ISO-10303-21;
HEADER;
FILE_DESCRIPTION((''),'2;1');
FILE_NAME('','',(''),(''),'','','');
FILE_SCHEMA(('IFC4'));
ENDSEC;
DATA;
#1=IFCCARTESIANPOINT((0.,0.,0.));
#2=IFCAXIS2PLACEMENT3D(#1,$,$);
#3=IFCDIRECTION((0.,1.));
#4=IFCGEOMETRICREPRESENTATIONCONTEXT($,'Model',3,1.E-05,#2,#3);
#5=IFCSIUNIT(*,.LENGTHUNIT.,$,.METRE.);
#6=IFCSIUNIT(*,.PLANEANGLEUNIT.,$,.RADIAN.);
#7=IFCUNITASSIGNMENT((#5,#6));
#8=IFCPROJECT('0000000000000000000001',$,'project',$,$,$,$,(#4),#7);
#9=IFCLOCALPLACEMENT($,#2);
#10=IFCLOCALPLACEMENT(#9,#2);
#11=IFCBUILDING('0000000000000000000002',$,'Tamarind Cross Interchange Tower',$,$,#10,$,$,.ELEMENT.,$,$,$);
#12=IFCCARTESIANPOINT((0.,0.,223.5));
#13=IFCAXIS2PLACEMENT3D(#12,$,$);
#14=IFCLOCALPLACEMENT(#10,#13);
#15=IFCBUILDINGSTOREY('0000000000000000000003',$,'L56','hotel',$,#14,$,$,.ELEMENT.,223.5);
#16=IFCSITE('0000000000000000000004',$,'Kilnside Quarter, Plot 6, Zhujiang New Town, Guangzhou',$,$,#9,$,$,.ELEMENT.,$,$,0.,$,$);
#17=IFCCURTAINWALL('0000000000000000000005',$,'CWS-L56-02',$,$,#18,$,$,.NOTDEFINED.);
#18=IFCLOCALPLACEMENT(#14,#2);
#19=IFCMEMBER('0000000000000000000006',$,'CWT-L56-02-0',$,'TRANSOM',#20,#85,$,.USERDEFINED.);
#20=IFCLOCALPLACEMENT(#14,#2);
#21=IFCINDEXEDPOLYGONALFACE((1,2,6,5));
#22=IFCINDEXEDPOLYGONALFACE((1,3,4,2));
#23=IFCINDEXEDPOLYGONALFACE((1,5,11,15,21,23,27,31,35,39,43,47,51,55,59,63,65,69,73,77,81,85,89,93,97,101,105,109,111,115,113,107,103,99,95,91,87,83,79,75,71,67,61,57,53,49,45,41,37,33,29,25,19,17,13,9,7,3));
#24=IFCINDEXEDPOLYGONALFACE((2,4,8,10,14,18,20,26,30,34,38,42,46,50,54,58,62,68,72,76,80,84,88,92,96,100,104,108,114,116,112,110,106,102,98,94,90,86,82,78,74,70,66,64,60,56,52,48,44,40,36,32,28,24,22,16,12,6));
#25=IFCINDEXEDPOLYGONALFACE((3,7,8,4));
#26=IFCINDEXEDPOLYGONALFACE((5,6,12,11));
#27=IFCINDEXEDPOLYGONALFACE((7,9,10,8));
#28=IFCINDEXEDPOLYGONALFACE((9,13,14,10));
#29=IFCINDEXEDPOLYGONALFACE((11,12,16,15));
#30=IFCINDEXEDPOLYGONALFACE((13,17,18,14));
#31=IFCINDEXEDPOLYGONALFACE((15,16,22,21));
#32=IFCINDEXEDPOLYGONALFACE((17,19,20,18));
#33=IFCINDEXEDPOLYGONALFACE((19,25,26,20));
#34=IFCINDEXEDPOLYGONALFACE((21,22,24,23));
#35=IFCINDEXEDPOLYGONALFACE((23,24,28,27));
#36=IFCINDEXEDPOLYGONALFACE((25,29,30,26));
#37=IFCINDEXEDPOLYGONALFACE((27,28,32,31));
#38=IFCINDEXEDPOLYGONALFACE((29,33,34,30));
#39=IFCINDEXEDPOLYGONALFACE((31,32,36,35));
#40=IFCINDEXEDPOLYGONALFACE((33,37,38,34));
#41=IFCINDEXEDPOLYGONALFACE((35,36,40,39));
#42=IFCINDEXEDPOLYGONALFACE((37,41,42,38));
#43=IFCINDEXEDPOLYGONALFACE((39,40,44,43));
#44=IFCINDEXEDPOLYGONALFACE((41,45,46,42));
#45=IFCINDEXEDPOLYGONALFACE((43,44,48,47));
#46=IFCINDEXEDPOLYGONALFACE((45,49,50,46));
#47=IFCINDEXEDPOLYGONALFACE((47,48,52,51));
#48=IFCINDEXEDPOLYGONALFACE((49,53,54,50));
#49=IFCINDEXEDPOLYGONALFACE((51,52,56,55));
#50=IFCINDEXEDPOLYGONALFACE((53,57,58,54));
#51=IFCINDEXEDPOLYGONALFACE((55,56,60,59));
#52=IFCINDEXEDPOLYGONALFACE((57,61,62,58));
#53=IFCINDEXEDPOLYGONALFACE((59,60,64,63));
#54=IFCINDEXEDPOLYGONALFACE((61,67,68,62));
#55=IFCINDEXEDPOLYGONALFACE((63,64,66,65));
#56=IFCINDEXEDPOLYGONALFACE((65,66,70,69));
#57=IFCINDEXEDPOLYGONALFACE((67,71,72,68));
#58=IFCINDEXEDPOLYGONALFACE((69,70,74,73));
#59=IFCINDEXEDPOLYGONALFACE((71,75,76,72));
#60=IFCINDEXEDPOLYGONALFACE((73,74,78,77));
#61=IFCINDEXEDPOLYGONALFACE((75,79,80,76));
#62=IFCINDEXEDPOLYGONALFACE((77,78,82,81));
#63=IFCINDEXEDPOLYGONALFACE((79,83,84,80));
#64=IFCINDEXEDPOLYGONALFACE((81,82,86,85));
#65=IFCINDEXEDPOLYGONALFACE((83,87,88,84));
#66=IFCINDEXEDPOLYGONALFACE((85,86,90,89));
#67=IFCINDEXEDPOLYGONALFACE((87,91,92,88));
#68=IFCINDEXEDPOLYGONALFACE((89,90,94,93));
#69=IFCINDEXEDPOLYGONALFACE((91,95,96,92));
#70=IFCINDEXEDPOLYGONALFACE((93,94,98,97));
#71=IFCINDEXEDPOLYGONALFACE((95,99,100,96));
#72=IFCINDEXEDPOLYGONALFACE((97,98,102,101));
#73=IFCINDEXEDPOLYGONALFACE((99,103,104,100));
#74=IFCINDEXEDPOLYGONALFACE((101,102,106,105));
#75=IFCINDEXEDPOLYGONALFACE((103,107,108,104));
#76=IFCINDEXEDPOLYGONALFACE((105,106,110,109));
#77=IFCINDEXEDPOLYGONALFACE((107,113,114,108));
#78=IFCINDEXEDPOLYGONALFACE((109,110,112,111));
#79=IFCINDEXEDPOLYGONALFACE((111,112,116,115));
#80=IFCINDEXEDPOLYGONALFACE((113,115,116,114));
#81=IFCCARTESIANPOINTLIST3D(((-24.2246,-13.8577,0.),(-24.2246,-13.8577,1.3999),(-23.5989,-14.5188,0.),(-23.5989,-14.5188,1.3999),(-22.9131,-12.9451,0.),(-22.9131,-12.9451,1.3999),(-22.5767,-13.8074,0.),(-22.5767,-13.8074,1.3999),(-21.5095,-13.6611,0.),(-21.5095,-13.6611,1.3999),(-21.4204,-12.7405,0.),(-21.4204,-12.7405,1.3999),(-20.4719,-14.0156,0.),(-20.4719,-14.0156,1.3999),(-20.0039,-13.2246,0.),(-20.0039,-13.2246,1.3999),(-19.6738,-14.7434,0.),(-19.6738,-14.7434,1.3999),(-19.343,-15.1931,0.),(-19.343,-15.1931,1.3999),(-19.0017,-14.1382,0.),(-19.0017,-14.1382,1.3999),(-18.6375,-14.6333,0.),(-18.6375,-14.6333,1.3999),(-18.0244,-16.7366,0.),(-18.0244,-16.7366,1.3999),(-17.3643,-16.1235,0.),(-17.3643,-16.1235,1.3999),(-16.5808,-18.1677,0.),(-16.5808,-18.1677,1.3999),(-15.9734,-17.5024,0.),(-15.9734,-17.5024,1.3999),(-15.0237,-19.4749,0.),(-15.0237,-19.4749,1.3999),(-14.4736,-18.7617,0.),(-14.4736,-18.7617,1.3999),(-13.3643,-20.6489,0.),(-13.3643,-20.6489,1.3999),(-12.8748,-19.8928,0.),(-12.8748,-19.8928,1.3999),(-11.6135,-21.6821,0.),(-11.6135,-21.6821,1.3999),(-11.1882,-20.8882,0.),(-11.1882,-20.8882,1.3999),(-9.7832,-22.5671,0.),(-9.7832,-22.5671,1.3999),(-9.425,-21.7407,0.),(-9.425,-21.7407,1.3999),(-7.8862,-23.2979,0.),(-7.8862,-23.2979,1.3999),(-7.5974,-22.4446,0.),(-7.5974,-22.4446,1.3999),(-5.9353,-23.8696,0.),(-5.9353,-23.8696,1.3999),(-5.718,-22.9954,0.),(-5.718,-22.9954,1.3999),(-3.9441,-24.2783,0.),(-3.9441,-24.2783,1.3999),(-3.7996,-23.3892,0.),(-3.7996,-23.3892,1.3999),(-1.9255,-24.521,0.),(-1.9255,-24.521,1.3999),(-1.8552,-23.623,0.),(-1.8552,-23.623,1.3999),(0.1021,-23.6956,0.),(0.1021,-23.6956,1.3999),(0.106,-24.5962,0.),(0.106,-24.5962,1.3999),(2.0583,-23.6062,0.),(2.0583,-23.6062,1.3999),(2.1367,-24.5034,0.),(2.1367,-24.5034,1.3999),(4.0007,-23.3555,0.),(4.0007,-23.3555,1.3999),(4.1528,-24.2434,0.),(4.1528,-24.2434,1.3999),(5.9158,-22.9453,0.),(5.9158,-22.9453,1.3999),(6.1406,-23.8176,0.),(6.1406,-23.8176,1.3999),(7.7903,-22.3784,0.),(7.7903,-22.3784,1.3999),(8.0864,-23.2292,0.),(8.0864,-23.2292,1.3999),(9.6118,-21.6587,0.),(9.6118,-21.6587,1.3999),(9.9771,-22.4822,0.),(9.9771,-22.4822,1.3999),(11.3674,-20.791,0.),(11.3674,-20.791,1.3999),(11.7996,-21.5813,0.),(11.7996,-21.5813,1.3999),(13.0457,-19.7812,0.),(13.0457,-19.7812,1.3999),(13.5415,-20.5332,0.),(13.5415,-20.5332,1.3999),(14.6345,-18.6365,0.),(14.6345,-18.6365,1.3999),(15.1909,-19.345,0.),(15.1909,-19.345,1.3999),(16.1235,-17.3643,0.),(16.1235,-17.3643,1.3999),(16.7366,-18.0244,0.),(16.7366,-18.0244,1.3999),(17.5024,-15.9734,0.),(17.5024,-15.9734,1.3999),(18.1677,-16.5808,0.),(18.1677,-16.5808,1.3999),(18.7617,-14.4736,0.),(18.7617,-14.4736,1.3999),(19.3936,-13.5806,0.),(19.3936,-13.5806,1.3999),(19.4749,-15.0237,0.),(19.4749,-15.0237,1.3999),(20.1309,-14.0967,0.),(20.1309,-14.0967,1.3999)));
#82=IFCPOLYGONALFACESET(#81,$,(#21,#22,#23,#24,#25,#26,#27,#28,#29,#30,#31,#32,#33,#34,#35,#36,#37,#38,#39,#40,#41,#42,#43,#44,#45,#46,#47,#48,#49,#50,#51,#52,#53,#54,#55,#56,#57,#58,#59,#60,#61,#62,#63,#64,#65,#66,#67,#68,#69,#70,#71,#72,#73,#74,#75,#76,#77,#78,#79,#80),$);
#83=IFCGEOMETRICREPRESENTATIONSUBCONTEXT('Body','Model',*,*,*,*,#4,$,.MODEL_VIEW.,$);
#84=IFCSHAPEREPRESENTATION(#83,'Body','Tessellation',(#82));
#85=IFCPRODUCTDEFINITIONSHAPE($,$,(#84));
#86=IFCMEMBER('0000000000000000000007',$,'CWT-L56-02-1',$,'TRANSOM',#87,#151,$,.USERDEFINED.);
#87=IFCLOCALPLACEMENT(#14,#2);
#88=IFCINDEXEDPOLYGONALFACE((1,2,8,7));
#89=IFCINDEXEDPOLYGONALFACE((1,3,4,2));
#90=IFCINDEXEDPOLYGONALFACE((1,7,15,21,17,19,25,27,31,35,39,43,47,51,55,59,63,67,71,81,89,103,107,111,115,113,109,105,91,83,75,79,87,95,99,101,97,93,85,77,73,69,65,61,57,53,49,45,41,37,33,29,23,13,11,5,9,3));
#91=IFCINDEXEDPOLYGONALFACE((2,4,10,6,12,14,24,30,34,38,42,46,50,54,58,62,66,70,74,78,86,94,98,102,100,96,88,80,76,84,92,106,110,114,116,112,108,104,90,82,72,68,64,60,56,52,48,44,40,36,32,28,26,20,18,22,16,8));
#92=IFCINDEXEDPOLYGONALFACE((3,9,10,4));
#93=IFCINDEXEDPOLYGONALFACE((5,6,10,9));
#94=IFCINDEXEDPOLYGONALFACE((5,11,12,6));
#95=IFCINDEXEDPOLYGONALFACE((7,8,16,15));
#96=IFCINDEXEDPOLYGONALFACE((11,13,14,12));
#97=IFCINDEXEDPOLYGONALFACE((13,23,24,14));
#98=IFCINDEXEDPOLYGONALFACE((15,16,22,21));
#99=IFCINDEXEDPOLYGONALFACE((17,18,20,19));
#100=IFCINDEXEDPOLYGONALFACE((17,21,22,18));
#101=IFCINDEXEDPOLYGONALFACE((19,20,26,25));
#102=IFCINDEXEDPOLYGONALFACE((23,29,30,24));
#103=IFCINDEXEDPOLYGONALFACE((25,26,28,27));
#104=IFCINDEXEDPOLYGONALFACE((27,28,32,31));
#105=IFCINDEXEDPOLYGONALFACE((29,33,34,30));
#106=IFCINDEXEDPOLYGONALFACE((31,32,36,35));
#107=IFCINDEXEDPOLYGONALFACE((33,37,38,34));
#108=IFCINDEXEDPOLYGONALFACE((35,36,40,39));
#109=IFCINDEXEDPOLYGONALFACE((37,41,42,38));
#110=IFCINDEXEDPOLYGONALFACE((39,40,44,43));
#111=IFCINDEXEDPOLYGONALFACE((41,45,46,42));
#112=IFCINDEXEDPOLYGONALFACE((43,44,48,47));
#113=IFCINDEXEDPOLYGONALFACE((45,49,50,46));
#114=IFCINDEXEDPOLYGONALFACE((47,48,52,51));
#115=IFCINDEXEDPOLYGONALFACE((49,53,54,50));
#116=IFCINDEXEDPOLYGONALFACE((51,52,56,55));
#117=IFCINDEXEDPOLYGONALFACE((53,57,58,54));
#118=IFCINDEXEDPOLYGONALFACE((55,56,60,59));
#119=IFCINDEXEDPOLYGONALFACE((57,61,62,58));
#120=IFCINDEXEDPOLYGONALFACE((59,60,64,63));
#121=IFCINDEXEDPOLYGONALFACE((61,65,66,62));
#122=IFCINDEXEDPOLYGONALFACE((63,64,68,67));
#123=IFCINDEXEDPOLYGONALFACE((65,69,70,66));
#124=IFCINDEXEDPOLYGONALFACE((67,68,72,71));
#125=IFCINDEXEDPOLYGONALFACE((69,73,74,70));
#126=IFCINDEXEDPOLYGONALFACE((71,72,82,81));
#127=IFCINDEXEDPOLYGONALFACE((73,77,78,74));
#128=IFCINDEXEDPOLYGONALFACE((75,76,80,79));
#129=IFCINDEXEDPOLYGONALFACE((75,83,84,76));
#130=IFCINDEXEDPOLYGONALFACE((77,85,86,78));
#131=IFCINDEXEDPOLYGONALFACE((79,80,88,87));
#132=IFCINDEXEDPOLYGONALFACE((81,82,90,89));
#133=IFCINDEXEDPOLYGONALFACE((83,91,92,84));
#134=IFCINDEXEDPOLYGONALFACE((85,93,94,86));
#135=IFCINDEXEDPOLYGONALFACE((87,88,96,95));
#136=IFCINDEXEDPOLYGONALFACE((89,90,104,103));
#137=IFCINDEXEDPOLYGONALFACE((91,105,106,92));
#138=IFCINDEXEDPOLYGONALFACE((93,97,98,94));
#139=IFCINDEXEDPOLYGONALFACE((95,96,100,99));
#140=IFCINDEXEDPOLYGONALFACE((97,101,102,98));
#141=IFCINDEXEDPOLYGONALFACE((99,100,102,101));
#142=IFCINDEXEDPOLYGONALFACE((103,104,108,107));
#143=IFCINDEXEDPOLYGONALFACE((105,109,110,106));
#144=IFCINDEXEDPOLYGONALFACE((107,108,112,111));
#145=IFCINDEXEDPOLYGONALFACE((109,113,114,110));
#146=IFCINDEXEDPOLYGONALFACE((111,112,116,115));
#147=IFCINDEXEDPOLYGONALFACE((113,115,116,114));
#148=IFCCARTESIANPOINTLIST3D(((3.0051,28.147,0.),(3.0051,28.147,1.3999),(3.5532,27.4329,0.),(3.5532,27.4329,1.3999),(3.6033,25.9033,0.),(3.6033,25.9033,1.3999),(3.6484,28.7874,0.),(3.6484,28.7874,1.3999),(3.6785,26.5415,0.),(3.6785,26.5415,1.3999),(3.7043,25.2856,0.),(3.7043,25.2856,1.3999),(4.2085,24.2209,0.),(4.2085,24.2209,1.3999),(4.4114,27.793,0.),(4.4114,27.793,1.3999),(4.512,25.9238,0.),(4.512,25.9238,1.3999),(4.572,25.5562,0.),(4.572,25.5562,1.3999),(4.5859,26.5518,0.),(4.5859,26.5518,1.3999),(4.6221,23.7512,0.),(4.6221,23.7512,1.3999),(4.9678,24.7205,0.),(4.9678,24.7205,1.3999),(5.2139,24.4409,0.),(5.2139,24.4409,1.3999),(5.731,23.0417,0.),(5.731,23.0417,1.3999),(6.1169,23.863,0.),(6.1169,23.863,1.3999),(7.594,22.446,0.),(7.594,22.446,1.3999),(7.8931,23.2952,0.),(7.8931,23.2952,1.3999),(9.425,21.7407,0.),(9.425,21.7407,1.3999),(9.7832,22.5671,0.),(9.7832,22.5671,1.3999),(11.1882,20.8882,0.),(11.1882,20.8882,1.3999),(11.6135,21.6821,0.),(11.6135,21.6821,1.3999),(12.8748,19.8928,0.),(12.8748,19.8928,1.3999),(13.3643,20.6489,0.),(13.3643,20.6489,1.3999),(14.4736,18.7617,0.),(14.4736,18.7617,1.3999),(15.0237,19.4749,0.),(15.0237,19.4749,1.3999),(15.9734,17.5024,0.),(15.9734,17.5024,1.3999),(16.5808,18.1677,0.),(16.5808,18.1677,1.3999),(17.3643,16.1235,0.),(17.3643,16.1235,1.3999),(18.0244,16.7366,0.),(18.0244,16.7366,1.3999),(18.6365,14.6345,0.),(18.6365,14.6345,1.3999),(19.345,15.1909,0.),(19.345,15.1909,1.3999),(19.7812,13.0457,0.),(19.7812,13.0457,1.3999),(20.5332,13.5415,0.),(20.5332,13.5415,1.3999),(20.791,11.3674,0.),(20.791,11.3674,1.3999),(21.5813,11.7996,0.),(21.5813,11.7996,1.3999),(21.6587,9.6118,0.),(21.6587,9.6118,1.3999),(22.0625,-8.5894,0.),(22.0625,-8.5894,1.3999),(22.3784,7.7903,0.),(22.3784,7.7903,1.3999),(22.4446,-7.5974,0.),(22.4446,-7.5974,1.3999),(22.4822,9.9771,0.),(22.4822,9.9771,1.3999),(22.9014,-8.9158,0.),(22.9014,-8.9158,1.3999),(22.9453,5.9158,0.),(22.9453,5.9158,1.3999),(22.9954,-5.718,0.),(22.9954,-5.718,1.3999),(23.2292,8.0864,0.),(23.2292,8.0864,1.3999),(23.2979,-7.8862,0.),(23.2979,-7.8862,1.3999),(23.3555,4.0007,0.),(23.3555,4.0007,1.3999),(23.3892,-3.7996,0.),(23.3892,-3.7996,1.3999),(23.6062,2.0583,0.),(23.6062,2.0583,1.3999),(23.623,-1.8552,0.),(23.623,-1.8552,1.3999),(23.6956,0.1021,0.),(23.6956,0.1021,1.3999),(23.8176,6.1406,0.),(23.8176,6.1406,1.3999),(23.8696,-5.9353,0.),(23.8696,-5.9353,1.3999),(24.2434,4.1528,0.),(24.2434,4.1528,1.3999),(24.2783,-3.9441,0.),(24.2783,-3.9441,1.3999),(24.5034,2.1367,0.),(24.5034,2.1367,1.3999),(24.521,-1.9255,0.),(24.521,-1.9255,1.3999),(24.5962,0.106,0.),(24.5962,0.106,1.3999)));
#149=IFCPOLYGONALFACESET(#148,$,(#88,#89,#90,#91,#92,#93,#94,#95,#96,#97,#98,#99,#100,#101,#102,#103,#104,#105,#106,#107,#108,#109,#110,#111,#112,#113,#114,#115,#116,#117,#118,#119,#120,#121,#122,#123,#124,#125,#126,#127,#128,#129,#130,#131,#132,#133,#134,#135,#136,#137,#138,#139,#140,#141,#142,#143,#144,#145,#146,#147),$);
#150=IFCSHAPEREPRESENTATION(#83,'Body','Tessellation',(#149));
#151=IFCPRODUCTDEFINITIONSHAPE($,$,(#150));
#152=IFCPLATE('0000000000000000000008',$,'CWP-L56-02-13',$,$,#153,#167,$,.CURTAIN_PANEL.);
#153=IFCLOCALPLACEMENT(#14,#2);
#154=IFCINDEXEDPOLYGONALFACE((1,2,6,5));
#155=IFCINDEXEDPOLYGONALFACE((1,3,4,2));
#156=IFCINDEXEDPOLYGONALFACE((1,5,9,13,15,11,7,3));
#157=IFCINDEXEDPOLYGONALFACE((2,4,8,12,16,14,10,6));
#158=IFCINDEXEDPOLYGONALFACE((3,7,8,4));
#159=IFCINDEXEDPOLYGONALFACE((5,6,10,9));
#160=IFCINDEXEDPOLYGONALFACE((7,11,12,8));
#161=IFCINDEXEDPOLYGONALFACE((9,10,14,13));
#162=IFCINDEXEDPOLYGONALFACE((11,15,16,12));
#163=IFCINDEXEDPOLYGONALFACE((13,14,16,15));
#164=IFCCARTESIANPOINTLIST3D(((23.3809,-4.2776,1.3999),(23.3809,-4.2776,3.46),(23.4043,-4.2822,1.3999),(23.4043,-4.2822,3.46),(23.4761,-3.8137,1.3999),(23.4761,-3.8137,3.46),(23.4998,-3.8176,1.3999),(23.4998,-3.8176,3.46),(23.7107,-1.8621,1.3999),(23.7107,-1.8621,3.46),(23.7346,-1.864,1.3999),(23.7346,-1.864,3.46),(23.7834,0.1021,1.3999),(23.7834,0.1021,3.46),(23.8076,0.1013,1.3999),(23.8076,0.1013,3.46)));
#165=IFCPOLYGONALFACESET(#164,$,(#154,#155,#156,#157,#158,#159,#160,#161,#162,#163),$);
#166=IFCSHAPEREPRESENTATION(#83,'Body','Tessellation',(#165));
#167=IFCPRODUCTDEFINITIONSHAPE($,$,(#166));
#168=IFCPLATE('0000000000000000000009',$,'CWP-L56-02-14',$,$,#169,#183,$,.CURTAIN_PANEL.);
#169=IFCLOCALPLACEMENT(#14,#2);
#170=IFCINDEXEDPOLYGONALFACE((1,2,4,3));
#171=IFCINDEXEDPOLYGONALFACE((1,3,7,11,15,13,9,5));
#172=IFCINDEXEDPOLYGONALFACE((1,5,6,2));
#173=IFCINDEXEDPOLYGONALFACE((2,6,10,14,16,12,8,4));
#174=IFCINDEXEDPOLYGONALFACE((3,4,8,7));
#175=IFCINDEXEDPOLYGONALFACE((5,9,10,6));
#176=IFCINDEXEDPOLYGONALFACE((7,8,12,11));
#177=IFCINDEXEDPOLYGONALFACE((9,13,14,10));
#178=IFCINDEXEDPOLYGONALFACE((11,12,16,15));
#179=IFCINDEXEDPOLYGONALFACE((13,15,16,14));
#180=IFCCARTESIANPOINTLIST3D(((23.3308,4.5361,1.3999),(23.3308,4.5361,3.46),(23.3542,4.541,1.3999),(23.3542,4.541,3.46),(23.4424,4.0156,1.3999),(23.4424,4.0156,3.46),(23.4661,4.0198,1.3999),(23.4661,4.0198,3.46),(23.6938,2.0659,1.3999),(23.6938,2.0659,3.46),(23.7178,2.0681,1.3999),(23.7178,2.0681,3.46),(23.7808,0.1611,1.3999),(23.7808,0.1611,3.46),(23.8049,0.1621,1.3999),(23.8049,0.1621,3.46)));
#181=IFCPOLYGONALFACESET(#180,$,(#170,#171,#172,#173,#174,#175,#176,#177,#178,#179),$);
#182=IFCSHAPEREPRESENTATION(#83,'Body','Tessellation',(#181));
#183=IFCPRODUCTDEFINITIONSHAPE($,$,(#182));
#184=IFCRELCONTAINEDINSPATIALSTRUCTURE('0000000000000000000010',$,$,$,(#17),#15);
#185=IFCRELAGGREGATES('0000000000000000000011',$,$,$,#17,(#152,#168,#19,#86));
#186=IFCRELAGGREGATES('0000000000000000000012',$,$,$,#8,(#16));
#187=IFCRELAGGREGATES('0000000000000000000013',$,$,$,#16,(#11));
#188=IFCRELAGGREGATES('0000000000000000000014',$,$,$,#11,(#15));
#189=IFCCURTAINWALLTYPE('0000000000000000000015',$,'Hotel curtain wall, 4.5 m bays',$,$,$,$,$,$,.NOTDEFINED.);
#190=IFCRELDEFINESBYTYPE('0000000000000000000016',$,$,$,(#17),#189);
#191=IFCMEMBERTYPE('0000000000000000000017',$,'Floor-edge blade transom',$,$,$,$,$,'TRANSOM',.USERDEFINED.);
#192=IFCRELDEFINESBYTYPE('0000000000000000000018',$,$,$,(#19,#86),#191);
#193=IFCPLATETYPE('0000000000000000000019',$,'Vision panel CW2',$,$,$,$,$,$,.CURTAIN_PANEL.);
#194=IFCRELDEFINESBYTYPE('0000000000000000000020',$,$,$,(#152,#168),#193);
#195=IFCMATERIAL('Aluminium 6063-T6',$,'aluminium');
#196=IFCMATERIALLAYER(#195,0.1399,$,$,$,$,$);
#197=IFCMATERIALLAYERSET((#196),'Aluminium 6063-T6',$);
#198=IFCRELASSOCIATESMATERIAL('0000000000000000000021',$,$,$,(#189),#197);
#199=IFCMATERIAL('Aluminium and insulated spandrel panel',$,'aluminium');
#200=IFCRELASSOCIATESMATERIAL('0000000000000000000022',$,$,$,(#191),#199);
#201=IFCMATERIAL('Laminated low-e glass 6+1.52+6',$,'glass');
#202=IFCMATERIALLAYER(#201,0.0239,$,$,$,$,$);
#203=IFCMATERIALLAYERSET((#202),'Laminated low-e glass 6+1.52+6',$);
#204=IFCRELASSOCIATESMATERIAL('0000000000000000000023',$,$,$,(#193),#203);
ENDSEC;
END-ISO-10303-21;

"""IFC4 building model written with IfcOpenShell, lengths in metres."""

from ifc_helpers import new_model, si_unit, direction, frame, origin, place, context, subcontext, project, spatial, polyline, outline, extrude, material, layer, layer_set, type_object, element, aggregate, save


model = new_model("IFC4")

# Units and contexts
model_context = context("Model", 3, precision=1e-05, world=origin(), true_north=direction((0.0, 1.0)))
body_context = subcontext(model_context, "Body", "Model", "MODEL_VIEW")
ifc_project = project(units=[si_unit("LENGTHUNIT", "METRE"), si_unit("PLANEANGLEUNIT", "RADIAN")], contexts=[model_context])

# Site, building, storey
site_placement = place(None, origin())
site = spatial("IfcSite", under=ifc_project, at=site_placement, Name="Kilnside Quarter, Plot 6, Zhujiang New Town, Guangzhou", CompositionType="ELEMENT", RefElevation=0.0)
building_placement = place(site_placement, origin())
building = spatial("IfcBuilding", under=site, at=building_placement, Name="Tamarind Cross Interchange Tower", CompositionType="ELEMENT")
storey_placement = place(building_placement, frame((0.0, 0.0, 223.5)))
storey = spatial("IfcBuildingStorey", under=building, at=storey_placement, Name="L56", Description="hotel", CompositionType="ELEMENT", Elevation=223.5)

# Curtain wall, members, plates
ifc_material_1 = material(Name="Aluminium 6063-T6", Category="aluminium")
ifc_layer_1 = layer(ifc_material_1, 0.1399)
ifc_layer_set_1 = layer_set([ifc_layer_1], Name="Aluminium 6063-T6")
curtain_wall_type = type_object("IfcCurtainWallType", Name="Hotel curtain wall, 4.5 m bays", PredefinedType="NOTDEFINED", material=ifc_layer_set_1)
curtain_wall_placement = place(storey_placement, origin())
curtain_wall = element("IfcCurtainWall", 1, at=curtain_wall_placement, inside=storey, type_object=curtain_wall_type, Name="CWS-L56-02", PredefinedType="NOTDEFINED")
ifc_material_2 = material(Name="Aluminium and insulated spandrel panel", Category="aluminium")
member_type = type_object("IfcMemberType", Name="Floor-edge blade transom", ElementType="TRANSOM", PredefinedType="USERDEFINED", material=ifc_material_2)
member_1_placement = place(storey_placement, origin())
member_1 = element("IfcMember", 2, at=member_1_placement, type_object=member_type, Name="CWT-L56-02-0", ObjectType="TRANSOM", PredefinedType="USERDEFINED", context=body_context, shape_type="SweptSolid", body=[
    extrude(outline(polyline([(-24.2246, -13.8577), (-22.9131, -12.9451), (-21.4204, -12.7405), (-20.0039, -13.2246), (-19.0017, -14.1382), (-18.6375, -14.6333), (-17.3643, -16.1235), (-15.9734, -17.5024), (-14.4736, -18.7617), (-12.8748, -19.8928), (-11.1882, -20.8882), (-9.425, -21.7407), (-7.5974, -22.4446), (-5.718, -22.9954), (-3.7996, -23.3892), (-1.8552, -23.623), (0.1021, -23.6956), (2.0583, -23.6062), (4.0007, -23.3555), (5.9158, -22.9453), (7.7903, -22.3784), (9.6118, -21.6587), (11.3674, -20.791), (13.0457, -19.7812), (14.6345, -18.6365), (16.1235, -17.3643), (17.5024, -15.9734), (18.7617, -14.4736), (19.3936, -13.5806), (20.1309, -14.0967), (19.4749, -15.0237), (18.1677, -16.5808), (16.7366, -18.0244), (15.1909, -19.345), (13.5415, -20.5332), (11.7996, -21.5813), (9.9771, -22.4822), (8.0864, -23.2292), (6.1406, -23.8176), (4.1528, -24.2434), (2.1367, -24.5034), (0.106, -24.5962), (-1.9255, -24.521), (-3.9441, -24.2783), (-5.9353, -23.8696), (-7.8862, -23.2979), (-9.7832, -22.5671), (-11.6135, -21.6821), (-13.3643, -20.6489), (-15.0237, -19.4749), (-16.5808, -18.1677), (-18.0244, -16.7366), (-19.343, -15.1931), (-19.6738, -14.7434), (-20.4719, -14.0156), (-21.5095, -13.6611), (-22.5767, -13.8074), (-23.5989, -14.5188), (-24.2246, -13.8577)])), origin(), (0.0, 0.0, 1.0), 1.3999),
])
member_2_placement = place(storey_placement, origin())
member_2 = element("IfcMember", 3, at=member_2_placement, type_object=member_type, Name="CWT-L56-02-1", ObjectType="TRANSOM", PredefinedType="USERDEFINED", context=body_context, shape_type="SweptSolid", body=[
    extrude(outline(polyline([(22.0625, -8.5894), (22.4446, -7.5974), (22.9954, -5.718), (23.3892, -3.7996), (23.623, -1.8552), (23.6956, 0.1021), (23.6062, 2.0583), (23.3555, 4.0007), (22.9453, 5.9158), (22.3784, 7.7903), (21.6587, 9.6118), (20.791, 11.3674), (19.7812, 13.0457), (18.6365, 14.6345), (17.3643, 16.1235), (15.9734, 17.5024), (14.4736, 18.7617), (12.8748, 19.8928), (11.1882, 20.8882), (9.425, 21.7407), (7.594, 22.446), (5.731, 23.0417), (4.6221, 23.7512), (4.2085, 24.2209), (3.7043, 25.2856), (3.6033, 25.9033), (3.6785, 26.5415), (3.5532, 27.4329), (3.0051, 28.147), (3.6484, 28.7874), (4.4114, 27.793), (4.5859, 26.5518), (4.512, 25.9238), (4.572, 25.5562), (4.9678, 24.7205), (5.2139, 24.4409), (6.1169, 23.863), (7.8931, 23.2952), (9.7832, 22.5671), (11.6135, 21.6821), (13.3643, 20.6489), (15.0237, 19.4749), (16.5808, 18.1677), (18.0244, 16.7366), (19.345, 15.1909), (20.5332, 13.5415), (21.5813, 11.7996), (22.4822, 9.9771), (23.2292, 8.0864), (23.8176, 6.1406), (24.2434, 4.1528), (24.5034, 2.1367), (24.5962, 0.106), (24.521, -1.9255), (24.2783, -3.9441), (23.8696, -5.9353), (23.2979, -7.8862), (22.9014, -8.9158), (22.0625, -8.5894)])), origin(), (0.0, 0.0, 1.0), 1.3999),
])
ifc_material_3 = material(Name="Laminated low-e glass 6+1.52+6", Category="glass")
ifc_layer_2 = layer(ifc_material_3, 0.0239)
ifc_layer_set_2 = layer_set([ifc_layer_2], Name="Laminated low-e glass 6+1.52+6")
plate_type = type_object("IfcPlateType", Name="Vision panel CW2", PredefinedType="CURTAIN_PANEL", material=ifc_layer_set_2)
plate_1_placement = place(storey_placement, frame((0.0, 0.0, 1.3999)))
plate_1 = element("IfcPlate", 4, at=plate_1_placement, type_object=plate_type, Name="CWP-L56-02-13", PredefinedType="CURTAIN_PANEL", context=body_context, shape_type="SweptSolid", body=[
    extrude(outline(polyline([(23.3809, -4.2776), (23.4761, -3.8137), (23.7107, -1.8621), (23.7834, 0.1021), (23.8076, 0.1013), (23.7346, -1.864), (23.4998, -3.8176), (23.4043, -4.2822), (23.3809, -4.2776)])), origin(), (0.0, 0.0, 1.0), 2.0601),
])
plate_2_placement = place(storey_placement, frame((0.0, 0.0, 1.3999)))
plate_2 = element("IfcPlate", 5, at=plate_2_placement, type_object=plate_type, Name="CWP-L56-02-14", PredefinedType="CURTAIN_PANEL", context=body_context, shape_type="SweptSolid", body=[
    extrude(outline(polyline([(23.7808, 0.1611), (23.6938, 2.0659), (23.4424, 4.0156), (23.3308, 4.5361), (23.3542, 4.541), (23.4661, 4.0198), (23.7178, 2.0681), (23.8049, 0.1621), (23.7808, 0.1611)])), origin(), (0.0, 0.0, 1.0), 2.0601),
])
aggregate(curtain_wall, [plate_1, plate_2, member_1, member_2])

save(model, "model.ifc")
